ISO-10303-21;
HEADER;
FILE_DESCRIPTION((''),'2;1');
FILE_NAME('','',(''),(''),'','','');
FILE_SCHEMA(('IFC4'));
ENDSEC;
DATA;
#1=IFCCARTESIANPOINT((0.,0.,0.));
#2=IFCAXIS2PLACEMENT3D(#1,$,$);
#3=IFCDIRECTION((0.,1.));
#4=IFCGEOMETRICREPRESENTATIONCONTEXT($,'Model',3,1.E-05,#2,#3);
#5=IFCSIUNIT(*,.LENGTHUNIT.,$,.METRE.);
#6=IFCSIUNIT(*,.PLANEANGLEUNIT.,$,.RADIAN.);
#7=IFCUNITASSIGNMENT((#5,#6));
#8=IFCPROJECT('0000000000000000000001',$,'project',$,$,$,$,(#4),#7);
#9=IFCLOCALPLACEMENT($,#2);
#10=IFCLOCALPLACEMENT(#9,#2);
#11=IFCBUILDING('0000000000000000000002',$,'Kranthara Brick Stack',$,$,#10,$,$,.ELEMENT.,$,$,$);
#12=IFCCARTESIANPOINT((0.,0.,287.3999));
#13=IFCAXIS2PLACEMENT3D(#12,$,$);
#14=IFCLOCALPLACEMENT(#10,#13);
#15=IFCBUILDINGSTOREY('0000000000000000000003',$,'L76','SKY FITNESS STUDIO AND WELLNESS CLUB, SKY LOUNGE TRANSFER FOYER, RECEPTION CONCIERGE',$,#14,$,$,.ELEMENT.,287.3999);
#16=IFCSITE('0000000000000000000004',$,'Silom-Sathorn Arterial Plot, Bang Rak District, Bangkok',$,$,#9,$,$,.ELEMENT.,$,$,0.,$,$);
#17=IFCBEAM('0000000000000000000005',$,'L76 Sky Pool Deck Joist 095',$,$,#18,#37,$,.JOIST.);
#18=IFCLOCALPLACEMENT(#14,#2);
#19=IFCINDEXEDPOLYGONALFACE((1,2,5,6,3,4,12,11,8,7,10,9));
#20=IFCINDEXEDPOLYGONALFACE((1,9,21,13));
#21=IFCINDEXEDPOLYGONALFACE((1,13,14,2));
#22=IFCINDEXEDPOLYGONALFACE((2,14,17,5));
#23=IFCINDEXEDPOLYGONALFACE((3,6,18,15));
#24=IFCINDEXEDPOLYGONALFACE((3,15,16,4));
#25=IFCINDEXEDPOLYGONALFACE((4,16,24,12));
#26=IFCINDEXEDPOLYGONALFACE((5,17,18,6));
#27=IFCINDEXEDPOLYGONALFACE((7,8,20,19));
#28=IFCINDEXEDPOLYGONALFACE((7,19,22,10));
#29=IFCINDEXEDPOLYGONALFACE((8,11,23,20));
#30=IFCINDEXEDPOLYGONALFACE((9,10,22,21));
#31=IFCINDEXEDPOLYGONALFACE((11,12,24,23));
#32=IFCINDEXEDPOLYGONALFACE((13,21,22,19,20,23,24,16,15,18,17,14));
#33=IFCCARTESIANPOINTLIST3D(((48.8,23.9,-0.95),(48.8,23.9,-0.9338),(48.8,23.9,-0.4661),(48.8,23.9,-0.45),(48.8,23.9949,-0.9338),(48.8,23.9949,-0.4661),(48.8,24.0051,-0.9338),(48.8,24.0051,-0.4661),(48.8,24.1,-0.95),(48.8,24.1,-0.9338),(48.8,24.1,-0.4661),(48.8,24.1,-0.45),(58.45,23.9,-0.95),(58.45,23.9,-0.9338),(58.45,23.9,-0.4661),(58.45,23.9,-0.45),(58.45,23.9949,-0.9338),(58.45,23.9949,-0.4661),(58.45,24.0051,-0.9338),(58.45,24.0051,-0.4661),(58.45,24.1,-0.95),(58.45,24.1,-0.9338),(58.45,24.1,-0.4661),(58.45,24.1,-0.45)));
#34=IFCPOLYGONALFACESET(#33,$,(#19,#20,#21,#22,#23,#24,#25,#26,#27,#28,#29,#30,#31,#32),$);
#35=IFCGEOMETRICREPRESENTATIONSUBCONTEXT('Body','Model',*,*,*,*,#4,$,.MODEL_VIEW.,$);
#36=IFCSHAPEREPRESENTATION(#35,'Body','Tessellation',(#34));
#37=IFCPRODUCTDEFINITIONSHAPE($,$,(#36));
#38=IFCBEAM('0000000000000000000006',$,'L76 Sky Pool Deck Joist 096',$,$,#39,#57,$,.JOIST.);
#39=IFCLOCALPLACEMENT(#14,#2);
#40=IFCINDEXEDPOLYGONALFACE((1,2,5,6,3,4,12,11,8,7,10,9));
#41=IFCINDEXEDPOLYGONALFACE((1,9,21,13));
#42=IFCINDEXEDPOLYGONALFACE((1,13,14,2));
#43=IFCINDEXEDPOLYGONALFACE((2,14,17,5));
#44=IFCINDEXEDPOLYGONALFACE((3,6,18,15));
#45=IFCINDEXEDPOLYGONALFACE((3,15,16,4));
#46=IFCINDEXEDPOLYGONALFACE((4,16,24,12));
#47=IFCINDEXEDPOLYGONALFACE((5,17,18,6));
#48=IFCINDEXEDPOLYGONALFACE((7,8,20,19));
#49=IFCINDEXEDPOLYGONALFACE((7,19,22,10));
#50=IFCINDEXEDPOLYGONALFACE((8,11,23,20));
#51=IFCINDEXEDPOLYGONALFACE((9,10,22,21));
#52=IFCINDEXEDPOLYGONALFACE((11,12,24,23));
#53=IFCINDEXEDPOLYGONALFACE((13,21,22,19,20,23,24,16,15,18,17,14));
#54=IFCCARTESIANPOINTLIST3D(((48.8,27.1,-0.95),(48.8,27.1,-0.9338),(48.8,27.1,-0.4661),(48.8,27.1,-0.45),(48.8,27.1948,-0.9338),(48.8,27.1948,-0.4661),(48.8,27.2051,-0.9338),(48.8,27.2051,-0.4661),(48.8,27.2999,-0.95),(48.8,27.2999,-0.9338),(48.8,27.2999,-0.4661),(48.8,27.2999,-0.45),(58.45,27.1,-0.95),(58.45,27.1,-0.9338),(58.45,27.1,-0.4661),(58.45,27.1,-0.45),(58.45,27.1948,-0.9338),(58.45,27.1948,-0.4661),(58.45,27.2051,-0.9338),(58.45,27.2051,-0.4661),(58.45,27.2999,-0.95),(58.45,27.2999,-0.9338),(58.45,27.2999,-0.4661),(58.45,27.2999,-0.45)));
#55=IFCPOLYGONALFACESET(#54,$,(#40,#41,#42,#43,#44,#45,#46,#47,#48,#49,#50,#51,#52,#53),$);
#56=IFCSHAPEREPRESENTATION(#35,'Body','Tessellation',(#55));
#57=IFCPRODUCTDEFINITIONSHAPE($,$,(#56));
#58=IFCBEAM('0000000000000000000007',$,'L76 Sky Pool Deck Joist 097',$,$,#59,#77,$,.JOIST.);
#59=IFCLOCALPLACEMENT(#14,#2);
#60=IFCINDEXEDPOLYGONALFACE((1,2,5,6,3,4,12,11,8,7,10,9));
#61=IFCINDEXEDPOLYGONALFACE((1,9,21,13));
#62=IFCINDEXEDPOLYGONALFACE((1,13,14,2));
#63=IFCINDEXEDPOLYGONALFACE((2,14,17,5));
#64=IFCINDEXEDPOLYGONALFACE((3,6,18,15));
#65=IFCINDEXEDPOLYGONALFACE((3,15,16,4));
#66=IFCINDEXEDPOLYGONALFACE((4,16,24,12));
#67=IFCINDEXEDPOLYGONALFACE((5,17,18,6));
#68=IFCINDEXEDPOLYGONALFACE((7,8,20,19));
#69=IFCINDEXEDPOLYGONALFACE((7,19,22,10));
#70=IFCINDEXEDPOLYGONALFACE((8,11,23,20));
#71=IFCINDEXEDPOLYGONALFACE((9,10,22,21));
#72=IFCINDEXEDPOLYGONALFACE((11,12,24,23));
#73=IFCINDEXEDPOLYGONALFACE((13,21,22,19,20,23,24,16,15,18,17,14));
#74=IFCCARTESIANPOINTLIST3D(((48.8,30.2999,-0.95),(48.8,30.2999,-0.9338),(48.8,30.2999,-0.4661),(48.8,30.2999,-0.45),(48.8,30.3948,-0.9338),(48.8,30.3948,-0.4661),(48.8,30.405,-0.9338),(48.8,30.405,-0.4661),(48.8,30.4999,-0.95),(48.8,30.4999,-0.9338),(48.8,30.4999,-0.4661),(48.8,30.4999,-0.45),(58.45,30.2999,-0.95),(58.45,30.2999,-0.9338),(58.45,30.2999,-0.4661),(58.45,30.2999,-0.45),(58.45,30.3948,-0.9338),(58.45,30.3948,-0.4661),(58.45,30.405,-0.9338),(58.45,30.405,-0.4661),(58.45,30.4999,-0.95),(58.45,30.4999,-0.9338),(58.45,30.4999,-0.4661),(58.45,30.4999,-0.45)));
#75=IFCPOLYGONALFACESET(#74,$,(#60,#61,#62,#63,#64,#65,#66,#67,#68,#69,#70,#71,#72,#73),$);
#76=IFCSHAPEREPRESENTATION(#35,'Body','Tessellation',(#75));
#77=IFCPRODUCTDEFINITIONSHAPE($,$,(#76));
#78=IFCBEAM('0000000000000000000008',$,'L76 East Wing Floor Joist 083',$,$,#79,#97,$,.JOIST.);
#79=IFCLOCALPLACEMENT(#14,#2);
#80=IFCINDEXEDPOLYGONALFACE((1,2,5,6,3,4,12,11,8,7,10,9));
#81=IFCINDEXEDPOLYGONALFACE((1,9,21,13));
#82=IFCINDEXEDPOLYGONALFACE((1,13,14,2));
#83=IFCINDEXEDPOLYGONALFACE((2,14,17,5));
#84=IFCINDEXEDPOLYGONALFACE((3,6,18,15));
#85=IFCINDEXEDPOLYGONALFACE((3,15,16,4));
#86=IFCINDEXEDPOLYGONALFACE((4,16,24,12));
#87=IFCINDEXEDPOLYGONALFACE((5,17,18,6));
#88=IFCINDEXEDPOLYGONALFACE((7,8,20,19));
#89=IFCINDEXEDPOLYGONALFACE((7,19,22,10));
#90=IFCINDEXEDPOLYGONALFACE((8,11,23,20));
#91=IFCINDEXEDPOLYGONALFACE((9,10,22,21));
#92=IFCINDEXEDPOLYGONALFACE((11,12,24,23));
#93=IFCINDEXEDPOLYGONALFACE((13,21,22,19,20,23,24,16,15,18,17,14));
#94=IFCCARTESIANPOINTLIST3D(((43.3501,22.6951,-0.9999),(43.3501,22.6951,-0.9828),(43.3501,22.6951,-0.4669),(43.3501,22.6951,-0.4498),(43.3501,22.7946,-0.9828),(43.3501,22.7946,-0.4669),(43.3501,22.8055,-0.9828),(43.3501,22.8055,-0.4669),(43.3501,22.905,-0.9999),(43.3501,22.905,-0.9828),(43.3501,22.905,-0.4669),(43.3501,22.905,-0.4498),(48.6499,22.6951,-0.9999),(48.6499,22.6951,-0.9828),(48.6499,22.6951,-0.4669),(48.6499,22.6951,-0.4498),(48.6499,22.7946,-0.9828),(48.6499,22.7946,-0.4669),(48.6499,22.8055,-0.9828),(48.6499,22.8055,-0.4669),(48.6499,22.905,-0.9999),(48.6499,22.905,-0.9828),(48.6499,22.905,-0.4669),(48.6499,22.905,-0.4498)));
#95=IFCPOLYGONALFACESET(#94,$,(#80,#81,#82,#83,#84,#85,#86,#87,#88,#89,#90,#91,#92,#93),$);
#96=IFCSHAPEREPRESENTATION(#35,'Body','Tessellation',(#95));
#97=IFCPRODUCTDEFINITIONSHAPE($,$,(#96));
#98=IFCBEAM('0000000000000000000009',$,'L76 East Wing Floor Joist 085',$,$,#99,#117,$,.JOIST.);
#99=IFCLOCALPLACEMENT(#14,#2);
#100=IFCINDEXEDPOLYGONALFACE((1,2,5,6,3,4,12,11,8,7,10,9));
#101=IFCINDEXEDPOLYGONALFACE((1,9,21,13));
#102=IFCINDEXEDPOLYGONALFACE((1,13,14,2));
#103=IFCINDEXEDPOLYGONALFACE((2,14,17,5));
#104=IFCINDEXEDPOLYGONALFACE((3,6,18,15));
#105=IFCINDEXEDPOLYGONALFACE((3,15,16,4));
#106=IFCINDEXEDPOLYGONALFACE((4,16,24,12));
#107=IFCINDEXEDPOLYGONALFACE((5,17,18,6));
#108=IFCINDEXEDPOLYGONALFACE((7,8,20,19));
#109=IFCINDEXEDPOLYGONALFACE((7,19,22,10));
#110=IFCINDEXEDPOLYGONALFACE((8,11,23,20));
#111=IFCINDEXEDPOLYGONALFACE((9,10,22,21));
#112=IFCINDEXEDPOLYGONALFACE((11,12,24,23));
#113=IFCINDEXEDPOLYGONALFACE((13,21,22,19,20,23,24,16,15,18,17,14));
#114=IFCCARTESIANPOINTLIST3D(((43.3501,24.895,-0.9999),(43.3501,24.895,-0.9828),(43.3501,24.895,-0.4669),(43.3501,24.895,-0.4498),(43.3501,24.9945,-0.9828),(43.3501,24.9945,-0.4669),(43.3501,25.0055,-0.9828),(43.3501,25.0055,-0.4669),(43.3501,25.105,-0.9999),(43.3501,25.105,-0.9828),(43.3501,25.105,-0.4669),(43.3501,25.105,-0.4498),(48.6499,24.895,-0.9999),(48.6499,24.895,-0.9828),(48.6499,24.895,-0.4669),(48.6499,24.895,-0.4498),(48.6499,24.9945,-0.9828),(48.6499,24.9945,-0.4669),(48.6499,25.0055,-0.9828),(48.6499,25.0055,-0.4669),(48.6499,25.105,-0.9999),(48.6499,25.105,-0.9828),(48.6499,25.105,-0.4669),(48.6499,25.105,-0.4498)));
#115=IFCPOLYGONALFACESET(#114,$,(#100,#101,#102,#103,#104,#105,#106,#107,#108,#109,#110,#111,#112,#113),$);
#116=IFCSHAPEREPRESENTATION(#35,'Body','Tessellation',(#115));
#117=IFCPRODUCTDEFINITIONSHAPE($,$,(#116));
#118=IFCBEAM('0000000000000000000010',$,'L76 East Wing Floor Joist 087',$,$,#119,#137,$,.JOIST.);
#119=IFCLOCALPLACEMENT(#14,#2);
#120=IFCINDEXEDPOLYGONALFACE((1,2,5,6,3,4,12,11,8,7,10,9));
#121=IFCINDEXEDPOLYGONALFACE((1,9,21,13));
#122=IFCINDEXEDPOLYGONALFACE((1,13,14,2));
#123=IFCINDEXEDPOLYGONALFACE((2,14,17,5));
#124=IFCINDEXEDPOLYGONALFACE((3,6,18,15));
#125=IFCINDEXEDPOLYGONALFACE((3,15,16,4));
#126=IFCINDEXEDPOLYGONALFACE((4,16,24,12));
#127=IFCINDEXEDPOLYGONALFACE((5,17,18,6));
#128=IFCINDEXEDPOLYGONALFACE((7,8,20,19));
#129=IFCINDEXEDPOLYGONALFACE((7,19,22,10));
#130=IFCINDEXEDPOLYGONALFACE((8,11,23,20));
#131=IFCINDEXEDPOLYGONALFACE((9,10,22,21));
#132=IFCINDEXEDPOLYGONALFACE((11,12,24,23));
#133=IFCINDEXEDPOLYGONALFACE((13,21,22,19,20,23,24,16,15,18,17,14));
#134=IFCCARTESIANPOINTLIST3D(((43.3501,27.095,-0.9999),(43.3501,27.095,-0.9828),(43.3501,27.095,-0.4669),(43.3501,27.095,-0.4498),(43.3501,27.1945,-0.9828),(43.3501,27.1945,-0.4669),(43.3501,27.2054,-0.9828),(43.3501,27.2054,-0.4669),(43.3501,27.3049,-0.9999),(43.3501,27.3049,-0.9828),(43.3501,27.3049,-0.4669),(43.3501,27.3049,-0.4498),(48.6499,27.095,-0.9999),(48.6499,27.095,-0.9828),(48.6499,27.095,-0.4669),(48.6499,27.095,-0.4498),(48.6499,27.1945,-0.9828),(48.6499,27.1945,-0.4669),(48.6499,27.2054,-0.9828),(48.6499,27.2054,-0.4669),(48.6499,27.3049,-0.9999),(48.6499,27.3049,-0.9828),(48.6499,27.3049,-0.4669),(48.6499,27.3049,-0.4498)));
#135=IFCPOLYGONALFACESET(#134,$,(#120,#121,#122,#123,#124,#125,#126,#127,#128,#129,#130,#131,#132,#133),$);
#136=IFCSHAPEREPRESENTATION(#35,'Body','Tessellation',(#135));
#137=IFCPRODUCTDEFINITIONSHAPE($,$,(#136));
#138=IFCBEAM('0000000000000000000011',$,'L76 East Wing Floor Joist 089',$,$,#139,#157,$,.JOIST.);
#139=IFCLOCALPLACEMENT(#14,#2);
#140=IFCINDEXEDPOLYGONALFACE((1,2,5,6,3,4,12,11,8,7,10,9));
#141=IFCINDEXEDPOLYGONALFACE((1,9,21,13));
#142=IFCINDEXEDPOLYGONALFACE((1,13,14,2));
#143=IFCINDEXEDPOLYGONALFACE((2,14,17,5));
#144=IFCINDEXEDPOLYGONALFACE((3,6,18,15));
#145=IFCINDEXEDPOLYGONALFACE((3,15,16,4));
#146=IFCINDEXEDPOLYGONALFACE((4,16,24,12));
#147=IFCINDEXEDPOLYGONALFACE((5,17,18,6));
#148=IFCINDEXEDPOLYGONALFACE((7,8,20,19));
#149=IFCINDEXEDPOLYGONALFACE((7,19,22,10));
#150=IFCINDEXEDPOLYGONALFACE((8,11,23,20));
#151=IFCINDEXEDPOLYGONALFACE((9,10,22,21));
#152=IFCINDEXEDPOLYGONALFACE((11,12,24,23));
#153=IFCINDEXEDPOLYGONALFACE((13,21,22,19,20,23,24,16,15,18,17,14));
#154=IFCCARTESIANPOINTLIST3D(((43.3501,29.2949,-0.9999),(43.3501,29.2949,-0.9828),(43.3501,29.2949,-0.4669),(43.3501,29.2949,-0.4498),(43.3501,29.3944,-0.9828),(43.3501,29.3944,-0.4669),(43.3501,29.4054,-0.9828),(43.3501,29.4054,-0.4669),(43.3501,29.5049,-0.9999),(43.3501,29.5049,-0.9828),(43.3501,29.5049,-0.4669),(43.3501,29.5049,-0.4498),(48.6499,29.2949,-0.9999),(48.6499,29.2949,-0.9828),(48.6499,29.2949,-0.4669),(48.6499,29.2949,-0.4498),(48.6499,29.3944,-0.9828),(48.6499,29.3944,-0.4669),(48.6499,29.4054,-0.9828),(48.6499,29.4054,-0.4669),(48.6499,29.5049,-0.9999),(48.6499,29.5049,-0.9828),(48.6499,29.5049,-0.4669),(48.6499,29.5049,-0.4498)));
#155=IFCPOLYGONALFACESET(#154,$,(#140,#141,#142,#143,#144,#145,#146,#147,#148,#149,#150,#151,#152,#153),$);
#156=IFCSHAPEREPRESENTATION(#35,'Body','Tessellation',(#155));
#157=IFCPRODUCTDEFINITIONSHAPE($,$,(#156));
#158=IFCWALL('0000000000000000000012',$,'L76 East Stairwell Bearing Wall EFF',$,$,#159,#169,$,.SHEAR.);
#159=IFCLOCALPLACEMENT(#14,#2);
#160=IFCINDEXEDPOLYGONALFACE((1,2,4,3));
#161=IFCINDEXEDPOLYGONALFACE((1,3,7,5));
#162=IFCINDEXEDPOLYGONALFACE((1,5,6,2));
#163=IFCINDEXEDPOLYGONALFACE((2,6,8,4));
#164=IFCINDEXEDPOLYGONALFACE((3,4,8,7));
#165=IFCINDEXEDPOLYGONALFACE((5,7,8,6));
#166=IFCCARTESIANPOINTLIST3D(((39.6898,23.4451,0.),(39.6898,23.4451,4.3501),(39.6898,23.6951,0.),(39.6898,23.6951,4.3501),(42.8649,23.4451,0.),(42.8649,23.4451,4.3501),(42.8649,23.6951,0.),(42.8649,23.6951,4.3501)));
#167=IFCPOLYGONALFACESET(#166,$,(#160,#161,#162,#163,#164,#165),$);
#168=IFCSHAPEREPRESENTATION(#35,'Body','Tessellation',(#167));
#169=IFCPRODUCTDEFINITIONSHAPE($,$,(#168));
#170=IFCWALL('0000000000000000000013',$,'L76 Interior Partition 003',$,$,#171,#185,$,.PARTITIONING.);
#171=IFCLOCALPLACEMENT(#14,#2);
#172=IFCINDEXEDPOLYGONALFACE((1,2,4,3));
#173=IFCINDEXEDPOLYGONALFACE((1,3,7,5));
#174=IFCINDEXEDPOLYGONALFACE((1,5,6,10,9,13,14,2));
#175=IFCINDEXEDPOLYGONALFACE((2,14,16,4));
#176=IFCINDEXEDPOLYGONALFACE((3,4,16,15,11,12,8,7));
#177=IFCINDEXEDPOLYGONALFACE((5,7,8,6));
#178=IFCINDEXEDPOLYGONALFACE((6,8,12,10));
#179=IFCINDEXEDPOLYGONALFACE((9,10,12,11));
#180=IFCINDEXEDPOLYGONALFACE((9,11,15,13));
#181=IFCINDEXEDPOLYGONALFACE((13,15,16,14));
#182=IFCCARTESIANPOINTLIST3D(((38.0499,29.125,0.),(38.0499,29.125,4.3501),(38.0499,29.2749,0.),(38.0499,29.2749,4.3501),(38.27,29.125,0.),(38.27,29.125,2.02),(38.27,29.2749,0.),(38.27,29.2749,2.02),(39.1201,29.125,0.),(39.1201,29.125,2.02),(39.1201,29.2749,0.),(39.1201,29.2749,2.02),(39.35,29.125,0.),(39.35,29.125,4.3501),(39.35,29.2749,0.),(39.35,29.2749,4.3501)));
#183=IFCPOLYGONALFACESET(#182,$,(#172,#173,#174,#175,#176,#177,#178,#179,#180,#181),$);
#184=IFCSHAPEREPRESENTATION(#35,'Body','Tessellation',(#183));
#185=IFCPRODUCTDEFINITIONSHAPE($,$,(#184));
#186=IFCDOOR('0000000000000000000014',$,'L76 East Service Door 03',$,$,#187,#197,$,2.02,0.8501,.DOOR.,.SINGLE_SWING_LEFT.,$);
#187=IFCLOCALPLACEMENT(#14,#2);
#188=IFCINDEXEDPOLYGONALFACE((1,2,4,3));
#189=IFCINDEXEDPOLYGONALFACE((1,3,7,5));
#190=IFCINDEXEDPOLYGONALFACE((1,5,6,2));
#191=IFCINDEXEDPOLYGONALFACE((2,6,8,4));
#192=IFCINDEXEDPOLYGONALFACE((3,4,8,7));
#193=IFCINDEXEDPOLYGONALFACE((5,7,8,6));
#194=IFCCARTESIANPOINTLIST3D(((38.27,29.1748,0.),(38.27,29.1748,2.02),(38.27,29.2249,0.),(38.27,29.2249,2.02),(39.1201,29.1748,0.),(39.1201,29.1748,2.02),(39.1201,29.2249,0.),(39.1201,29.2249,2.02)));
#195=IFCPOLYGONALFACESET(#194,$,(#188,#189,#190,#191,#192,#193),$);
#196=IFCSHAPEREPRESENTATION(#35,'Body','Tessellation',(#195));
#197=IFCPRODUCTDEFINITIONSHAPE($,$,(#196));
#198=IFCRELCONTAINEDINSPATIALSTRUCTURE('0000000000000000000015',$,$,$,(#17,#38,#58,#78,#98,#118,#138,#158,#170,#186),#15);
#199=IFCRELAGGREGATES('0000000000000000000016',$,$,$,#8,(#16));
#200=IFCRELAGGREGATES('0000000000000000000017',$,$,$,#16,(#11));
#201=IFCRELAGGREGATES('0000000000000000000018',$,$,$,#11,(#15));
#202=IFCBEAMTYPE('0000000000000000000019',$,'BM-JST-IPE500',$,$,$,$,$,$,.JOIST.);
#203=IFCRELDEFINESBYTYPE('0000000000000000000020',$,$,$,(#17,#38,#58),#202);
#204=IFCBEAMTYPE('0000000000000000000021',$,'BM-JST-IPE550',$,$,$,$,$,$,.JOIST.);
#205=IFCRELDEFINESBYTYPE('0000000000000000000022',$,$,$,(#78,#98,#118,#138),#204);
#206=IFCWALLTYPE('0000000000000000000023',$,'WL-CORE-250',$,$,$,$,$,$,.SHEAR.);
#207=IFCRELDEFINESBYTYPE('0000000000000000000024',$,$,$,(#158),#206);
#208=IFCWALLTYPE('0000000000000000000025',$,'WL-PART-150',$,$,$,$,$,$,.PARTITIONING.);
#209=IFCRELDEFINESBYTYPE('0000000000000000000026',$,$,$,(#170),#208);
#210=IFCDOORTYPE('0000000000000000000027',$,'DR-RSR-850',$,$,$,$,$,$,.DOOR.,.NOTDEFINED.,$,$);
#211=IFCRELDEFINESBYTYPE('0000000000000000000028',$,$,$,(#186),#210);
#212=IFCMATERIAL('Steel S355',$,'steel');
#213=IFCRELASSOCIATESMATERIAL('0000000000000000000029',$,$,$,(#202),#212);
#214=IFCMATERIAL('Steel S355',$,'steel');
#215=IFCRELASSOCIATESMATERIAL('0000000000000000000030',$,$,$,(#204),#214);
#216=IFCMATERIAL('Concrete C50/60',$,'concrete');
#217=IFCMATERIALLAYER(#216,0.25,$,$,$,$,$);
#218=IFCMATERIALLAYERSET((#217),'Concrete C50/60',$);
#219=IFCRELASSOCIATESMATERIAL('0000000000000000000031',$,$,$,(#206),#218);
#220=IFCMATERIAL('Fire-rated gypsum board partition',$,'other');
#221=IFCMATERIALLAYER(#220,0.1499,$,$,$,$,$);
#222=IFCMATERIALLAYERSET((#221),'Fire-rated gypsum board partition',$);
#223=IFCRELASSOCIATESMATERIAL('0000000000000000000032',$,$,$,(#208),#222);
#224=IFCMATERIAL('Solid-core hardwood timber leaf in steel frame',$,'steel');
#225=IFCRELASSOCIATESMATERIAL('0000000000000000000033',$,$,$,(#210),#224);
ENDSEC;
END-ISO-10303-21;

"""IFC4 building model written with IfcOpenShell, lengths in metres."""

from ifc_helpers import new_model, si_unit, direction, frame, frame_2d, origin, origin_2d, place, context, subcontext, project, spatial, rectangle, i_section, extrude, material, layer, layer_set, material_profile, profile_set, type_object, element, fill, save


model = new_model("IFC4")

# Units and contexts
model_context = context("Model", 3, precision=1e-05, world=origin(), true_north=direction((0.0, 1.0)))
body_context = subcontext(model_context, "Body", "Model", "MODEL_VIEW")
ifc_project = project(units=[si_unit("LENGTHUNIT", "METRE"), si_unit("PLANEANGLEUNIT", "RADIAN")], contexts=[model_context])

# Site, building, storey
site_placement = place(None, origin())
site = spatial("IfcSite", under=ifc_project, at=site_placement, Name="Silom-Sathorn Arterial Plot, Bang Rak District, Bangkok", CompositionType="ELEMENT", RefElevation=0.0)
building_placement = place(site_placement, origin())
building = spatial("IfcBuilding", under=site, at=building_placement, Name="Kranthara Brick Stack", CompositionType="ELEMENT")
storey_placement = place(building_placement, frame((0.0, 0.0, 287.3999)))
storey = spatial("IfcBuildingStorey", under=building, at=storey_placement, Name="L76", Description="SKY FITNESS STUDIO AND WELLNESS CLUB, SKY LOUNGE TRANSFER FOYER, RECEPTION CONCIERGE", CompositionType="ELEMENT", Elevation=287.3999)

# Beams
ifc_material_1 = material(Name="Steel S355", Category="steel")
ifc_material_profile_1 = material_profile(ifc_material_1, i_section(OverallWidth=0.2, OverallDepth=0.5, WebThickness=0.0103, FlangeThickness=0.0161, at=origin_2d()), Name="IPE 500")
ifc_profile_set_1 = profile_set([ifc_material_profile_1], Name="Steel S355")
beam_type_1 = type_object("IfcBeamType", Name="BM-JST-IPE500", PredefinedType="JOIST", material=ifc_profile_set_1)
for number, where, z_axis, x_axis, name in (
    (1, (48.8, 24.0, -0.7), (1.0, 0.0, 0.0), (0.0, 1.0, 0.0), "L76 Sky Pool Deck Joist 095"),
    (2, (48.8, 27.2, -0.7), (1.0, 0.0, 0.0), (0.0, 1.0, 0.0), "L76 Sky Pool Deck Joist 096"),
    (3, (48.8, 30.3999, -0.7), (1.0, 0.0, 0.0), (0.0, 1.0, 0.0), "L76 Sky Pool Deck Joist 097"),
):
    element("IfcBeam", number, at=place(storey_placement, frame(where, z_axis=z_axis, x_axis=x_axis)), inside=storey, type_object=beam_type_1, Name=name, PredefinedType="JOIST", context=body_context, shape_type="SweptSolid", body=[
        extrude(i_section(OverallWidth=0.2, OverallDepth=0.5, WebThickness=0.0103, FlangeThickness=0.0161, at=origin_2d()), origin(), (0.0, 0.0, 1.0), 9.6499),
    ])
ifc_material_2 = material(Name="Steel S355", Category="steel")
ifc_material_profile_2 = material_profile(ifc_material_2, i_section(OverallWidth=0.21, OverallDepth=0.55, WebThickness=0.011, FlangeThickness=0.0171, at=origin_2d()), Name="IPE 550")
ifc_profile_set_2 = profile_set([ifc_material_profile_2], Name="Steel S355")
beam_type_2 = type_object("IfcBeamType", Name="BM-JST-IPE550", PredefinedType="JOIST", material=ifc_profile_set_2)
for number, where, z_axis, x_axis, name in (
    (4, (43.3501, 22.8, -0.7249), (1.0, 0.0, 0.0), (0.0, 1.0, 0.0), "L76 East Wing Floor Joist 083"),
    (5, (43.3501, 25.0, -0.7249), (1.0, 0.0, 0.0), (0.0, 1.0, 0.0), "L76 East Wing Floor Joist 085"),
    (6, (43.3501, 27.2, -0.7249), (1.0, 0.0, 0.0), (0.0, 1.0, 0.0), "L76 East Wing Floor Joist 087"),
    (7, (43.3501, 29.3999, -0.7249), (1.0, 0.0, 0.0), (0.0, 1.0, 0.0), "L76 East Wing Floor Joist 089"),
):
    element("IfcBeam", number, at=place(storey_placement, frame(where, z_axis=z_axis, x_axis=x_axis)), inside=storey, type_object=beam_type_2, Name=name, PredefinedType="JOIST", context=body_context, shape_type="SweptSolid", body=[
        extrude(i_section(OverallWidth=0.21, OverallDepth=0.55, WebThickness=0.011, FlangeThickness=0.0171, at=origin_2d()), origin(), (0.0, 0.0, 1.0), 5.2998),
    ])

# Wall
ifc_material_3 = material(Name="Concrete C50/60", Category="concrete")
ifc_layer_1 = layer(ifc_material_3, 0.25)
ifc_layer_set_1 = layer_set([ifc_layer_1], Name="Concrete C50/60")
wall_type_1 = type_object("IfcWallType", Name="WL-CORE-250", PredefinedType="SHEAR", material=ifc_layer_set_1)
wall_1_placement = place(storey_placement, frame((39.6899, 23.5701, 0.0), z_axis=(0.0, 0.0, 1.0), x_axis=(1.0, 0.0, 0.0)))
element("IfcWall", 8, at=wall_1_placement, inside=storey, type_object=wall_type_1, Name="L76 East Stairwell Bearing Wall EFF", PredefinedType="SHEAR", context=body_context, shape_type="SweptSolid", body=[
    extrude(rectangle(XDim=3.175, YDim=0.25, at=frame_2d((1.5874, 0.0))), origin(), (0.0, 0.0, 1.0), 4.3501),
])

# Wall, opening, door
ifc_material_4 = material(Name="Fire-rated gypsum board partition", Category="other")
ifc_layer_2 = layer(ifc_material_4, 0.1499)
ifc_layer_set_2 = layer_set([ifc_layer_2], Name="Fire-rated gypsum board partition")
wall_type_2 = type_object("IfcWallType", Name="WL-PART-150", PredefinedType="PARTITIONING", material=ifc_layer_set_2)
wall_2_placement = place(storey_placement, frame((38.05, 29.2, 0.0), z_axis=(0.0, 0.0, 1.0), x_axis=(1.0, 0.0, 0.0)))
wall_2 = element("IfcWall", 9, at=wall_2_placement, inside=storey, type_object=wall_type_2, Name="L76 Interior Partition 003", PredefinedType="PARTITIONING", context=body_context, shape_type="SweptSolid", body=[
    extrude(rectangle(XDim=1.3, YDim=0.1499, at=frame_2d((0.6499, 0.0))), origin(), (0.0, 0.0, 1.0), 4.3501),
])
opening_placement = place(wall_2_placement, frame((0.22, 0.0, 0.0)))
opening = element("IfcOpeningElement", 10, at=opening_placement, cuts=wall_2, PredefinedType="OPENING", context=body_context, shape_type="SweptSolid", body=[
    extrude(rectangle(XDim=0.8501, YDim=2.02, at=frame_2d((0.425, 1.01))), frame((0.0, 0.085, 0.0), z_axis=(0.0, -1.0, 0.0), x_axis=(1.0, 0.0, 0.0)), (0.0, 0.0, 1.0), 0.1699),
])
ifc_material_5 = material(Name="Solid-core hardwood timber leaf in steel frame", Category="steel")
door_type = type_object("IfcDoorType", Name="DR-RSR-850", OperationType="NOTDEFINED", PredefinedType="DOOR", material=ifc_material_5)
door_placement = place(opening_placement, origin())
door = element("IfcDoor", 11, at=door_placement, inside=storey, type_object=door_type, Name="L76 East Service Door 03", OperationType="SINGLE_SWING_LEFT", OverallHeight=2.02, OverallWidth=0.8501, PredefinedType="DOOR", context=body_context, shape_type="SweptSolid", body=[
    extrude(rectangle(XDim=0.8501, YDim=2.02, at=frame_2d((0.425, 1.01))), frame((0.0, 0.0249, 0.0), z_axis=(0.0, -1.0, 0.0), x_axis=(1.0, 0.0, 0.0)), (0.0, 0.0, 1.0), 0.05),
])
fill(opening, door)

save(model, "model.ifc")
